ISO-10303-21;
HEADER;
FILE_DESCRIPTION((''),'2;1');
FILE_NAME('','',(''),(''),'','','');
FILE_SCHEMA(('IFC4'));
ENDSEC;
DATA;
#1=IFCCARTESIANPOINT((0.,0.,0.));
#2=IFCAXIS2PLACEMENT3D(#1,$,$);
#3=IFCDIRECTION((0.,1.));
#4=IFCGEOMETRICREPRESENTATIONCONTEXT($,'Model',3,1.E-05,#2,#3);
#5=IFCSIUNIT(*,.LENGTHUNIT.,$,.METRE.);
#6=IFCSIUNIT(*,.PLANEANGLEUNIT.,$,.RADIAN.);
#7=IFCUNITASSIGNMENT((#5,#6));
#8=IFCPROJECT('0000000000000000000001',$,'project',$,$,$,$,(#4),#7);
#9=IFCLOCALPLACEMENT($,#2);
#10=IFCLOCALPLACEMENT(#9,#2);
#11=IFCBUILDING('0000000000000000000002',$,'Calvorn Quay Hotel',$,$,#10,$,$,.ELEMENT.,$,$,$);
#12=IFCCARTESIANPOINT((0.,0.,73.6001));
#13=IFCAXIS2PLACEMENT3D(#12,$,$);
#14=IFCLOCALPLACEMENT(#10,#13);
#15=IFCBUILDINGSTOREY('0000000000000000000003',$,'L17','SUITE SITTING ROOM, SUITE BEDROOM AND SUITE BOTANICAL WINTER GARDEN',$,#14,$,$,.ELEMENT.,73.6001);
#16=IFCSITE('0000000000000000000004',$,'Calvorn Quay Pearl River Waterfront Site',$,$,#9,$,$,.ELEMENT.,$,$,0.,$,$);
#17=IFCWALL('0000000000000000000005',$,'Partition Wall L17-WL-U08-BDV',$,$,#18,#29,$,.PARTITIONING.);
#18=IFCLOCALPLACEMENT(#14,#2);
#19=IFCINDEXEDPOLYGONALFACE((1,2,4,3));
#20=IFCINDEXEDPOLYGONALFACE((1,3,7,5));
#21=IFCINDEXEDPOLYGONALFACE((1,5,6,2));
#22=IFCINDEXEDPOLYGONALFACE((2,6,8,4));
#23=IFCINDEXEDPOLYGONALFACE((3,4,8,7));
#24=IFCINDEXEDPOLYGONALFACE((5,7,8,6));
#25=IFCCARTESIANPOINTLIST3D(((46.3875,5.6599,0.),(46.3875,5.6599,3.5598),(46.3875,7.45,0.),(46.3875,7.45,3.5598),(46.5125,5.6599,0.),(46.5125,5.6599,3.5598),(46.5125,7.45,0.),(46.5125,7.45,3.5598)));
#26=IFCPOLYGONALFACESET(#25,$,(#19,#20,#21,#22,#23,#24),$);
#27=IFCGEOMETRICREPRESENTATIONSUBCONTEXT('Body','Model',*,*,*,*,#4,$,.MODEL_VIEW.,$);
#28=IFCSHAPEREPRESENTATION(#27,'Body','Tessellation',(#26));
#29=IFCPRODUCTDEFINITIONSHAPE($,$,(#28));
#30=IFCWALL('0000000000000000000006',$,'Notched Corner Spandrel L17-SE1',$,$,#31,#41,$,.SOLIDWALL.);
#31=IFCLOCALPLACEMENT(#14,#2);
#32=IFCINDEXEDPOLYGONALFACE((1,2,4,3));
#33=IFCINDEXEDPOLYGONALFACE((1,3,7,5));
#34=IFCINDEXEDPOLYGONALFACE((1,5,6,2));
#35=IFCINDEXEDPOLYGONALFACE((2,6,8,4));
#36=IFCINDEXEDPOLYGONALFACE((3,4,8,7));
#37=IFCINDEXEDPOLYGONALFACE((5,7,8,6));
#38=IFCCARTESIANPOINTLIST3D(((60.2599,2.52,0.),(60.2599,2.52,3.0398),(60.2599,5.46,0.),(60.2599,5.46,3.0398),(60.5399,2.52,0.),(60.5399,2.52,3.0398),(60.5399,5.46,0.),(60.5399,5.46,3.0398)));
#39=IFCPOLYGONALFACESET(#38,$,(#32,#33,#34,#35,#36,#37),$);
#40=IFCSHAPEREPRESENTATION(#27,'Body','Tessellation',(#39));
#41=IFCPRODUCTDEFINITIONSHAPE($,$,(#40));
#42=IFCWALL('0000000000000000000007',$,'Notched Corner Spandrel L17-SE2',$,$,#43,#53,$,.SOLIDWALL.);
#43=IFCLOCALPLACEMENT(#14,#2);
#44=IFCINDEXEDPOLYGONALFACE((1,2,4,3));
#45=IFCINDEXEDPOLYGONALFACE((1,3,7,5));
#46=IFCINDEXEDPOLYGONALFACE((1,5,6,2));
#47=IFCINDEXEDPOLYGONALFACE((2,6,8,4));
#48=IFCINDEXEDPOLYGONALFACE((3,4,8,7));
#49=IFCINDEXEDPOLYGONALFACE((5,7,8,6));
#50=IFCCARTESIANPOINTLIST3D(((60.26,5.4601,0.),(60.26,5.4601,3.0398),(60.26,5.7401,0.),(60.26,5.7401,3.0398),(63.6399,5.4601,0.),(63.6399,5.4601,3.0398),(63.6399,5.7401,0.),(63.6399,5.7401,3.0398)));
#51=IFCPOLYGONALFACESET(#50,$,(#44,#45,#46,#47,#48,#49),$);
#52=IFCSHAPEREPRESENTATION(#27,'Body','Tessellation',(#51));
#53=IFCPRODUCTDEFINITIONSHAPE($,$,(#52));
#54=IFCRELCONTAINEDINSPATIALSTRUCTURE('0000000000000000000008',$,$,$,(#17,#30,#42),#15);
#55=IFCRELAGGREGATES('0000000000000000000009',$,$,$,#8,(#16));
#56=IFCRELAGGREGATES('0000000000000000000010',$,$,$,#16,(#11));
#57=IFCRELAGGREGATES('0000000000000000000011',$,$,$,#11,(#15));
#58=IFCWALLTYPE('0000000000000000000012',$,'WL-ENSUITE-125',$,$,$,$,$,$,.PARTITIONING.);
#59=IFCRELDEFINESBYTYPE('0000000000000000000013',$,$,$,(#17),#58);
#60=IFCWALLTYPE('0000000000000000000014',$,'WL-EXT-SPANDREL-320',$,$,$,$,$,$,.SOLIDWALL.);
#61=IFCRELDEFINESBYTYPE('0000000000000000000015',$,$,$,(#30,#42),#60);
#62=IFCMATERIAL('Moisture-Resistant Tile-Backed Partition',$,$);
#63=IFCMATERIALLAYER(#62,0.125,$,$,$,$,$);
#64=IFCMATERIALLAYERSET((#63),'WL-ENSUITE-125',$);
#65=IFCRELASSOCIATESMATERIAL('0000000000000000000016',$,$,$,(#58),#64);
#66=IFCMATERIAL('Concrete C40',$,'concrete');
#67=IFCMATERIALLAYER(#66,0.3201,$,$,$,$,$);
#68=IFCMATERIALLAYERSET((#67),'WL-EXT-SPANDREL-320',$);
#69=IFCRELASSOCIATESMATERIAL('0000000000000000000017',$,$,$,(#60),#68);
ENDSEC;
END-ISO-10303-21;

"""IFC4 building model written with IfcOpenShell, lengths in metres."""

from ifc_helpers import new_model, si_unit, direction, frame, frame_2d, origin, place, context, subcontext, project, spatial, rectangle, extrude, material, layer, layer_set, type_object, element, save


model = new_model("IFC4")

# Units and contexts
model_context = context("Model", 3, precision=1e-05, world=origin(), true_north=direction((0.0, 1.0)))
body_context = subcontext(model_context, "Body", "Model", "MODEL_VIEW")
ifc_project = project(units=[si_unit("LENGTHUNIT", "METRE"), si_unit("PLANEANGLEUNIT", "RADIAN")], contexts=[model_context])

# Site, building, storey
site_placement = place(None, origin())
site = spatial("IfcSite", under=ifc_project, at=site_placement, Name="Calvorn Quay Pearl River Waterfront Site", CompositionType="ELEMENT", RefElevation=0.0)
building_placement = place(site_placement, origin())
building = spatial("IfcBuilding", under=site, at=building_placement, Name="Calvorn Quay Hotel", CompositionType="ELEMENT")
storey_placement = place(building_placement, frame((0.0, 0.0, 73.6001)))
storey = spatial("IfcBuildingStorey", under=building, at=storey_placement, Name="L17", Description="SUITE SITTING ROOM, SUITE BEDROOM AND SUITE BOTANICAL WINTER GARDEN", CompositionType="ELEMENT", Elevation=73.6001)

# Walls
ifc_material_1 = material(Name="Moisture-Resistant Tile-Backed Partition")
ifc_layer_1 = layer(ifc_material_1, 0.125)
ifc_layer_set_1 = layer_set([ifc_layer_1], Name="WL-ENSUITE-125")
wall_type_1 = type_object("IfcWallType", Name="WL-ENSUITE-125", PredefinedType="PARTITIONING", material=ifc_layer_set_1)
wall_1_placement = place(storey_placement, frame((46.45, 5.6599, 0.0), z_axis=(0.0, 0.0, 1.0), x_axis=(0.0, 1.0, 0.0)))
element("IfcWall", 1, at=wall_1_placement, inside=storey, type_object=wall_type_1, Name="Partition Wall L17-WL-U08-BDV", PredefinedType="PARTITIONING", context=body_context, shape_type="SweptSolid", body=[
    extrude(rectangle(XDim=1.79, YDim=0.125, at=frame_2d((0.895, 0.0))), origin(), (0.0, 0.0, 1.0), 3.5598),
])
ifc_material_2 = material(Name="Concrete C40", Category="concrete")
ifc_layer_2 = layer(ifc_material_2, 0.3201)
ifc_layer_set_2 = layer_set([ifc_layer_2], Name="WL-EXT-SPANDREL-320")
wall_type_2 = type_object("IfcWallType", Name="WL-EXT-SPANDREL-320", PredefinedType="SOLIDWALL", material=ifc_layer_set_2)
wall_2_placement = place(storey_placement, frame((60.3999, 2.52, 0.0), z_axis=(0.0, 0.0, 1.0), x_axis=(0.0, 1.0, 0.0)))
element("IfcWall", 2, at=wall_2_placement, inside=storey, type_object=wall_type_2, Name="Notched Corner Spandrel L17-SE1", PredefinedType="SOLIDWALL", context=body_context, shape_type="SweptSolid", body=[
    extrude(rectangle(XDim=2.9399, YDim=0.28, at=frame_2d((1.47, 0.0))), origin(), (0.0, 0.0, 1.0), 3.0398),
])
wall_3_placement = place(storey_placement, frame((60.26, 5.6001, 0.0), z_axis=(0.0, 0.0, 1.0), x_axis=(1.0, 0.0, 0.0)))
element("IfcWall", 3, at=wall_3_placement, inside=storey, type_object=wall_type_2, Name="Notched Corner Spandrel L17-SE2", PredefinedType="SOLIDWALL", context=body_context, shape_type="SweptSolid", body=[
    extrude(rectangle(XDim=3.3799, YDim=0.28, at=frame_2d((1.6899, 0.0))), origin(), (0.0, 0.0, 1.0), 3.0398),
])

save(model, "model.ifc")
